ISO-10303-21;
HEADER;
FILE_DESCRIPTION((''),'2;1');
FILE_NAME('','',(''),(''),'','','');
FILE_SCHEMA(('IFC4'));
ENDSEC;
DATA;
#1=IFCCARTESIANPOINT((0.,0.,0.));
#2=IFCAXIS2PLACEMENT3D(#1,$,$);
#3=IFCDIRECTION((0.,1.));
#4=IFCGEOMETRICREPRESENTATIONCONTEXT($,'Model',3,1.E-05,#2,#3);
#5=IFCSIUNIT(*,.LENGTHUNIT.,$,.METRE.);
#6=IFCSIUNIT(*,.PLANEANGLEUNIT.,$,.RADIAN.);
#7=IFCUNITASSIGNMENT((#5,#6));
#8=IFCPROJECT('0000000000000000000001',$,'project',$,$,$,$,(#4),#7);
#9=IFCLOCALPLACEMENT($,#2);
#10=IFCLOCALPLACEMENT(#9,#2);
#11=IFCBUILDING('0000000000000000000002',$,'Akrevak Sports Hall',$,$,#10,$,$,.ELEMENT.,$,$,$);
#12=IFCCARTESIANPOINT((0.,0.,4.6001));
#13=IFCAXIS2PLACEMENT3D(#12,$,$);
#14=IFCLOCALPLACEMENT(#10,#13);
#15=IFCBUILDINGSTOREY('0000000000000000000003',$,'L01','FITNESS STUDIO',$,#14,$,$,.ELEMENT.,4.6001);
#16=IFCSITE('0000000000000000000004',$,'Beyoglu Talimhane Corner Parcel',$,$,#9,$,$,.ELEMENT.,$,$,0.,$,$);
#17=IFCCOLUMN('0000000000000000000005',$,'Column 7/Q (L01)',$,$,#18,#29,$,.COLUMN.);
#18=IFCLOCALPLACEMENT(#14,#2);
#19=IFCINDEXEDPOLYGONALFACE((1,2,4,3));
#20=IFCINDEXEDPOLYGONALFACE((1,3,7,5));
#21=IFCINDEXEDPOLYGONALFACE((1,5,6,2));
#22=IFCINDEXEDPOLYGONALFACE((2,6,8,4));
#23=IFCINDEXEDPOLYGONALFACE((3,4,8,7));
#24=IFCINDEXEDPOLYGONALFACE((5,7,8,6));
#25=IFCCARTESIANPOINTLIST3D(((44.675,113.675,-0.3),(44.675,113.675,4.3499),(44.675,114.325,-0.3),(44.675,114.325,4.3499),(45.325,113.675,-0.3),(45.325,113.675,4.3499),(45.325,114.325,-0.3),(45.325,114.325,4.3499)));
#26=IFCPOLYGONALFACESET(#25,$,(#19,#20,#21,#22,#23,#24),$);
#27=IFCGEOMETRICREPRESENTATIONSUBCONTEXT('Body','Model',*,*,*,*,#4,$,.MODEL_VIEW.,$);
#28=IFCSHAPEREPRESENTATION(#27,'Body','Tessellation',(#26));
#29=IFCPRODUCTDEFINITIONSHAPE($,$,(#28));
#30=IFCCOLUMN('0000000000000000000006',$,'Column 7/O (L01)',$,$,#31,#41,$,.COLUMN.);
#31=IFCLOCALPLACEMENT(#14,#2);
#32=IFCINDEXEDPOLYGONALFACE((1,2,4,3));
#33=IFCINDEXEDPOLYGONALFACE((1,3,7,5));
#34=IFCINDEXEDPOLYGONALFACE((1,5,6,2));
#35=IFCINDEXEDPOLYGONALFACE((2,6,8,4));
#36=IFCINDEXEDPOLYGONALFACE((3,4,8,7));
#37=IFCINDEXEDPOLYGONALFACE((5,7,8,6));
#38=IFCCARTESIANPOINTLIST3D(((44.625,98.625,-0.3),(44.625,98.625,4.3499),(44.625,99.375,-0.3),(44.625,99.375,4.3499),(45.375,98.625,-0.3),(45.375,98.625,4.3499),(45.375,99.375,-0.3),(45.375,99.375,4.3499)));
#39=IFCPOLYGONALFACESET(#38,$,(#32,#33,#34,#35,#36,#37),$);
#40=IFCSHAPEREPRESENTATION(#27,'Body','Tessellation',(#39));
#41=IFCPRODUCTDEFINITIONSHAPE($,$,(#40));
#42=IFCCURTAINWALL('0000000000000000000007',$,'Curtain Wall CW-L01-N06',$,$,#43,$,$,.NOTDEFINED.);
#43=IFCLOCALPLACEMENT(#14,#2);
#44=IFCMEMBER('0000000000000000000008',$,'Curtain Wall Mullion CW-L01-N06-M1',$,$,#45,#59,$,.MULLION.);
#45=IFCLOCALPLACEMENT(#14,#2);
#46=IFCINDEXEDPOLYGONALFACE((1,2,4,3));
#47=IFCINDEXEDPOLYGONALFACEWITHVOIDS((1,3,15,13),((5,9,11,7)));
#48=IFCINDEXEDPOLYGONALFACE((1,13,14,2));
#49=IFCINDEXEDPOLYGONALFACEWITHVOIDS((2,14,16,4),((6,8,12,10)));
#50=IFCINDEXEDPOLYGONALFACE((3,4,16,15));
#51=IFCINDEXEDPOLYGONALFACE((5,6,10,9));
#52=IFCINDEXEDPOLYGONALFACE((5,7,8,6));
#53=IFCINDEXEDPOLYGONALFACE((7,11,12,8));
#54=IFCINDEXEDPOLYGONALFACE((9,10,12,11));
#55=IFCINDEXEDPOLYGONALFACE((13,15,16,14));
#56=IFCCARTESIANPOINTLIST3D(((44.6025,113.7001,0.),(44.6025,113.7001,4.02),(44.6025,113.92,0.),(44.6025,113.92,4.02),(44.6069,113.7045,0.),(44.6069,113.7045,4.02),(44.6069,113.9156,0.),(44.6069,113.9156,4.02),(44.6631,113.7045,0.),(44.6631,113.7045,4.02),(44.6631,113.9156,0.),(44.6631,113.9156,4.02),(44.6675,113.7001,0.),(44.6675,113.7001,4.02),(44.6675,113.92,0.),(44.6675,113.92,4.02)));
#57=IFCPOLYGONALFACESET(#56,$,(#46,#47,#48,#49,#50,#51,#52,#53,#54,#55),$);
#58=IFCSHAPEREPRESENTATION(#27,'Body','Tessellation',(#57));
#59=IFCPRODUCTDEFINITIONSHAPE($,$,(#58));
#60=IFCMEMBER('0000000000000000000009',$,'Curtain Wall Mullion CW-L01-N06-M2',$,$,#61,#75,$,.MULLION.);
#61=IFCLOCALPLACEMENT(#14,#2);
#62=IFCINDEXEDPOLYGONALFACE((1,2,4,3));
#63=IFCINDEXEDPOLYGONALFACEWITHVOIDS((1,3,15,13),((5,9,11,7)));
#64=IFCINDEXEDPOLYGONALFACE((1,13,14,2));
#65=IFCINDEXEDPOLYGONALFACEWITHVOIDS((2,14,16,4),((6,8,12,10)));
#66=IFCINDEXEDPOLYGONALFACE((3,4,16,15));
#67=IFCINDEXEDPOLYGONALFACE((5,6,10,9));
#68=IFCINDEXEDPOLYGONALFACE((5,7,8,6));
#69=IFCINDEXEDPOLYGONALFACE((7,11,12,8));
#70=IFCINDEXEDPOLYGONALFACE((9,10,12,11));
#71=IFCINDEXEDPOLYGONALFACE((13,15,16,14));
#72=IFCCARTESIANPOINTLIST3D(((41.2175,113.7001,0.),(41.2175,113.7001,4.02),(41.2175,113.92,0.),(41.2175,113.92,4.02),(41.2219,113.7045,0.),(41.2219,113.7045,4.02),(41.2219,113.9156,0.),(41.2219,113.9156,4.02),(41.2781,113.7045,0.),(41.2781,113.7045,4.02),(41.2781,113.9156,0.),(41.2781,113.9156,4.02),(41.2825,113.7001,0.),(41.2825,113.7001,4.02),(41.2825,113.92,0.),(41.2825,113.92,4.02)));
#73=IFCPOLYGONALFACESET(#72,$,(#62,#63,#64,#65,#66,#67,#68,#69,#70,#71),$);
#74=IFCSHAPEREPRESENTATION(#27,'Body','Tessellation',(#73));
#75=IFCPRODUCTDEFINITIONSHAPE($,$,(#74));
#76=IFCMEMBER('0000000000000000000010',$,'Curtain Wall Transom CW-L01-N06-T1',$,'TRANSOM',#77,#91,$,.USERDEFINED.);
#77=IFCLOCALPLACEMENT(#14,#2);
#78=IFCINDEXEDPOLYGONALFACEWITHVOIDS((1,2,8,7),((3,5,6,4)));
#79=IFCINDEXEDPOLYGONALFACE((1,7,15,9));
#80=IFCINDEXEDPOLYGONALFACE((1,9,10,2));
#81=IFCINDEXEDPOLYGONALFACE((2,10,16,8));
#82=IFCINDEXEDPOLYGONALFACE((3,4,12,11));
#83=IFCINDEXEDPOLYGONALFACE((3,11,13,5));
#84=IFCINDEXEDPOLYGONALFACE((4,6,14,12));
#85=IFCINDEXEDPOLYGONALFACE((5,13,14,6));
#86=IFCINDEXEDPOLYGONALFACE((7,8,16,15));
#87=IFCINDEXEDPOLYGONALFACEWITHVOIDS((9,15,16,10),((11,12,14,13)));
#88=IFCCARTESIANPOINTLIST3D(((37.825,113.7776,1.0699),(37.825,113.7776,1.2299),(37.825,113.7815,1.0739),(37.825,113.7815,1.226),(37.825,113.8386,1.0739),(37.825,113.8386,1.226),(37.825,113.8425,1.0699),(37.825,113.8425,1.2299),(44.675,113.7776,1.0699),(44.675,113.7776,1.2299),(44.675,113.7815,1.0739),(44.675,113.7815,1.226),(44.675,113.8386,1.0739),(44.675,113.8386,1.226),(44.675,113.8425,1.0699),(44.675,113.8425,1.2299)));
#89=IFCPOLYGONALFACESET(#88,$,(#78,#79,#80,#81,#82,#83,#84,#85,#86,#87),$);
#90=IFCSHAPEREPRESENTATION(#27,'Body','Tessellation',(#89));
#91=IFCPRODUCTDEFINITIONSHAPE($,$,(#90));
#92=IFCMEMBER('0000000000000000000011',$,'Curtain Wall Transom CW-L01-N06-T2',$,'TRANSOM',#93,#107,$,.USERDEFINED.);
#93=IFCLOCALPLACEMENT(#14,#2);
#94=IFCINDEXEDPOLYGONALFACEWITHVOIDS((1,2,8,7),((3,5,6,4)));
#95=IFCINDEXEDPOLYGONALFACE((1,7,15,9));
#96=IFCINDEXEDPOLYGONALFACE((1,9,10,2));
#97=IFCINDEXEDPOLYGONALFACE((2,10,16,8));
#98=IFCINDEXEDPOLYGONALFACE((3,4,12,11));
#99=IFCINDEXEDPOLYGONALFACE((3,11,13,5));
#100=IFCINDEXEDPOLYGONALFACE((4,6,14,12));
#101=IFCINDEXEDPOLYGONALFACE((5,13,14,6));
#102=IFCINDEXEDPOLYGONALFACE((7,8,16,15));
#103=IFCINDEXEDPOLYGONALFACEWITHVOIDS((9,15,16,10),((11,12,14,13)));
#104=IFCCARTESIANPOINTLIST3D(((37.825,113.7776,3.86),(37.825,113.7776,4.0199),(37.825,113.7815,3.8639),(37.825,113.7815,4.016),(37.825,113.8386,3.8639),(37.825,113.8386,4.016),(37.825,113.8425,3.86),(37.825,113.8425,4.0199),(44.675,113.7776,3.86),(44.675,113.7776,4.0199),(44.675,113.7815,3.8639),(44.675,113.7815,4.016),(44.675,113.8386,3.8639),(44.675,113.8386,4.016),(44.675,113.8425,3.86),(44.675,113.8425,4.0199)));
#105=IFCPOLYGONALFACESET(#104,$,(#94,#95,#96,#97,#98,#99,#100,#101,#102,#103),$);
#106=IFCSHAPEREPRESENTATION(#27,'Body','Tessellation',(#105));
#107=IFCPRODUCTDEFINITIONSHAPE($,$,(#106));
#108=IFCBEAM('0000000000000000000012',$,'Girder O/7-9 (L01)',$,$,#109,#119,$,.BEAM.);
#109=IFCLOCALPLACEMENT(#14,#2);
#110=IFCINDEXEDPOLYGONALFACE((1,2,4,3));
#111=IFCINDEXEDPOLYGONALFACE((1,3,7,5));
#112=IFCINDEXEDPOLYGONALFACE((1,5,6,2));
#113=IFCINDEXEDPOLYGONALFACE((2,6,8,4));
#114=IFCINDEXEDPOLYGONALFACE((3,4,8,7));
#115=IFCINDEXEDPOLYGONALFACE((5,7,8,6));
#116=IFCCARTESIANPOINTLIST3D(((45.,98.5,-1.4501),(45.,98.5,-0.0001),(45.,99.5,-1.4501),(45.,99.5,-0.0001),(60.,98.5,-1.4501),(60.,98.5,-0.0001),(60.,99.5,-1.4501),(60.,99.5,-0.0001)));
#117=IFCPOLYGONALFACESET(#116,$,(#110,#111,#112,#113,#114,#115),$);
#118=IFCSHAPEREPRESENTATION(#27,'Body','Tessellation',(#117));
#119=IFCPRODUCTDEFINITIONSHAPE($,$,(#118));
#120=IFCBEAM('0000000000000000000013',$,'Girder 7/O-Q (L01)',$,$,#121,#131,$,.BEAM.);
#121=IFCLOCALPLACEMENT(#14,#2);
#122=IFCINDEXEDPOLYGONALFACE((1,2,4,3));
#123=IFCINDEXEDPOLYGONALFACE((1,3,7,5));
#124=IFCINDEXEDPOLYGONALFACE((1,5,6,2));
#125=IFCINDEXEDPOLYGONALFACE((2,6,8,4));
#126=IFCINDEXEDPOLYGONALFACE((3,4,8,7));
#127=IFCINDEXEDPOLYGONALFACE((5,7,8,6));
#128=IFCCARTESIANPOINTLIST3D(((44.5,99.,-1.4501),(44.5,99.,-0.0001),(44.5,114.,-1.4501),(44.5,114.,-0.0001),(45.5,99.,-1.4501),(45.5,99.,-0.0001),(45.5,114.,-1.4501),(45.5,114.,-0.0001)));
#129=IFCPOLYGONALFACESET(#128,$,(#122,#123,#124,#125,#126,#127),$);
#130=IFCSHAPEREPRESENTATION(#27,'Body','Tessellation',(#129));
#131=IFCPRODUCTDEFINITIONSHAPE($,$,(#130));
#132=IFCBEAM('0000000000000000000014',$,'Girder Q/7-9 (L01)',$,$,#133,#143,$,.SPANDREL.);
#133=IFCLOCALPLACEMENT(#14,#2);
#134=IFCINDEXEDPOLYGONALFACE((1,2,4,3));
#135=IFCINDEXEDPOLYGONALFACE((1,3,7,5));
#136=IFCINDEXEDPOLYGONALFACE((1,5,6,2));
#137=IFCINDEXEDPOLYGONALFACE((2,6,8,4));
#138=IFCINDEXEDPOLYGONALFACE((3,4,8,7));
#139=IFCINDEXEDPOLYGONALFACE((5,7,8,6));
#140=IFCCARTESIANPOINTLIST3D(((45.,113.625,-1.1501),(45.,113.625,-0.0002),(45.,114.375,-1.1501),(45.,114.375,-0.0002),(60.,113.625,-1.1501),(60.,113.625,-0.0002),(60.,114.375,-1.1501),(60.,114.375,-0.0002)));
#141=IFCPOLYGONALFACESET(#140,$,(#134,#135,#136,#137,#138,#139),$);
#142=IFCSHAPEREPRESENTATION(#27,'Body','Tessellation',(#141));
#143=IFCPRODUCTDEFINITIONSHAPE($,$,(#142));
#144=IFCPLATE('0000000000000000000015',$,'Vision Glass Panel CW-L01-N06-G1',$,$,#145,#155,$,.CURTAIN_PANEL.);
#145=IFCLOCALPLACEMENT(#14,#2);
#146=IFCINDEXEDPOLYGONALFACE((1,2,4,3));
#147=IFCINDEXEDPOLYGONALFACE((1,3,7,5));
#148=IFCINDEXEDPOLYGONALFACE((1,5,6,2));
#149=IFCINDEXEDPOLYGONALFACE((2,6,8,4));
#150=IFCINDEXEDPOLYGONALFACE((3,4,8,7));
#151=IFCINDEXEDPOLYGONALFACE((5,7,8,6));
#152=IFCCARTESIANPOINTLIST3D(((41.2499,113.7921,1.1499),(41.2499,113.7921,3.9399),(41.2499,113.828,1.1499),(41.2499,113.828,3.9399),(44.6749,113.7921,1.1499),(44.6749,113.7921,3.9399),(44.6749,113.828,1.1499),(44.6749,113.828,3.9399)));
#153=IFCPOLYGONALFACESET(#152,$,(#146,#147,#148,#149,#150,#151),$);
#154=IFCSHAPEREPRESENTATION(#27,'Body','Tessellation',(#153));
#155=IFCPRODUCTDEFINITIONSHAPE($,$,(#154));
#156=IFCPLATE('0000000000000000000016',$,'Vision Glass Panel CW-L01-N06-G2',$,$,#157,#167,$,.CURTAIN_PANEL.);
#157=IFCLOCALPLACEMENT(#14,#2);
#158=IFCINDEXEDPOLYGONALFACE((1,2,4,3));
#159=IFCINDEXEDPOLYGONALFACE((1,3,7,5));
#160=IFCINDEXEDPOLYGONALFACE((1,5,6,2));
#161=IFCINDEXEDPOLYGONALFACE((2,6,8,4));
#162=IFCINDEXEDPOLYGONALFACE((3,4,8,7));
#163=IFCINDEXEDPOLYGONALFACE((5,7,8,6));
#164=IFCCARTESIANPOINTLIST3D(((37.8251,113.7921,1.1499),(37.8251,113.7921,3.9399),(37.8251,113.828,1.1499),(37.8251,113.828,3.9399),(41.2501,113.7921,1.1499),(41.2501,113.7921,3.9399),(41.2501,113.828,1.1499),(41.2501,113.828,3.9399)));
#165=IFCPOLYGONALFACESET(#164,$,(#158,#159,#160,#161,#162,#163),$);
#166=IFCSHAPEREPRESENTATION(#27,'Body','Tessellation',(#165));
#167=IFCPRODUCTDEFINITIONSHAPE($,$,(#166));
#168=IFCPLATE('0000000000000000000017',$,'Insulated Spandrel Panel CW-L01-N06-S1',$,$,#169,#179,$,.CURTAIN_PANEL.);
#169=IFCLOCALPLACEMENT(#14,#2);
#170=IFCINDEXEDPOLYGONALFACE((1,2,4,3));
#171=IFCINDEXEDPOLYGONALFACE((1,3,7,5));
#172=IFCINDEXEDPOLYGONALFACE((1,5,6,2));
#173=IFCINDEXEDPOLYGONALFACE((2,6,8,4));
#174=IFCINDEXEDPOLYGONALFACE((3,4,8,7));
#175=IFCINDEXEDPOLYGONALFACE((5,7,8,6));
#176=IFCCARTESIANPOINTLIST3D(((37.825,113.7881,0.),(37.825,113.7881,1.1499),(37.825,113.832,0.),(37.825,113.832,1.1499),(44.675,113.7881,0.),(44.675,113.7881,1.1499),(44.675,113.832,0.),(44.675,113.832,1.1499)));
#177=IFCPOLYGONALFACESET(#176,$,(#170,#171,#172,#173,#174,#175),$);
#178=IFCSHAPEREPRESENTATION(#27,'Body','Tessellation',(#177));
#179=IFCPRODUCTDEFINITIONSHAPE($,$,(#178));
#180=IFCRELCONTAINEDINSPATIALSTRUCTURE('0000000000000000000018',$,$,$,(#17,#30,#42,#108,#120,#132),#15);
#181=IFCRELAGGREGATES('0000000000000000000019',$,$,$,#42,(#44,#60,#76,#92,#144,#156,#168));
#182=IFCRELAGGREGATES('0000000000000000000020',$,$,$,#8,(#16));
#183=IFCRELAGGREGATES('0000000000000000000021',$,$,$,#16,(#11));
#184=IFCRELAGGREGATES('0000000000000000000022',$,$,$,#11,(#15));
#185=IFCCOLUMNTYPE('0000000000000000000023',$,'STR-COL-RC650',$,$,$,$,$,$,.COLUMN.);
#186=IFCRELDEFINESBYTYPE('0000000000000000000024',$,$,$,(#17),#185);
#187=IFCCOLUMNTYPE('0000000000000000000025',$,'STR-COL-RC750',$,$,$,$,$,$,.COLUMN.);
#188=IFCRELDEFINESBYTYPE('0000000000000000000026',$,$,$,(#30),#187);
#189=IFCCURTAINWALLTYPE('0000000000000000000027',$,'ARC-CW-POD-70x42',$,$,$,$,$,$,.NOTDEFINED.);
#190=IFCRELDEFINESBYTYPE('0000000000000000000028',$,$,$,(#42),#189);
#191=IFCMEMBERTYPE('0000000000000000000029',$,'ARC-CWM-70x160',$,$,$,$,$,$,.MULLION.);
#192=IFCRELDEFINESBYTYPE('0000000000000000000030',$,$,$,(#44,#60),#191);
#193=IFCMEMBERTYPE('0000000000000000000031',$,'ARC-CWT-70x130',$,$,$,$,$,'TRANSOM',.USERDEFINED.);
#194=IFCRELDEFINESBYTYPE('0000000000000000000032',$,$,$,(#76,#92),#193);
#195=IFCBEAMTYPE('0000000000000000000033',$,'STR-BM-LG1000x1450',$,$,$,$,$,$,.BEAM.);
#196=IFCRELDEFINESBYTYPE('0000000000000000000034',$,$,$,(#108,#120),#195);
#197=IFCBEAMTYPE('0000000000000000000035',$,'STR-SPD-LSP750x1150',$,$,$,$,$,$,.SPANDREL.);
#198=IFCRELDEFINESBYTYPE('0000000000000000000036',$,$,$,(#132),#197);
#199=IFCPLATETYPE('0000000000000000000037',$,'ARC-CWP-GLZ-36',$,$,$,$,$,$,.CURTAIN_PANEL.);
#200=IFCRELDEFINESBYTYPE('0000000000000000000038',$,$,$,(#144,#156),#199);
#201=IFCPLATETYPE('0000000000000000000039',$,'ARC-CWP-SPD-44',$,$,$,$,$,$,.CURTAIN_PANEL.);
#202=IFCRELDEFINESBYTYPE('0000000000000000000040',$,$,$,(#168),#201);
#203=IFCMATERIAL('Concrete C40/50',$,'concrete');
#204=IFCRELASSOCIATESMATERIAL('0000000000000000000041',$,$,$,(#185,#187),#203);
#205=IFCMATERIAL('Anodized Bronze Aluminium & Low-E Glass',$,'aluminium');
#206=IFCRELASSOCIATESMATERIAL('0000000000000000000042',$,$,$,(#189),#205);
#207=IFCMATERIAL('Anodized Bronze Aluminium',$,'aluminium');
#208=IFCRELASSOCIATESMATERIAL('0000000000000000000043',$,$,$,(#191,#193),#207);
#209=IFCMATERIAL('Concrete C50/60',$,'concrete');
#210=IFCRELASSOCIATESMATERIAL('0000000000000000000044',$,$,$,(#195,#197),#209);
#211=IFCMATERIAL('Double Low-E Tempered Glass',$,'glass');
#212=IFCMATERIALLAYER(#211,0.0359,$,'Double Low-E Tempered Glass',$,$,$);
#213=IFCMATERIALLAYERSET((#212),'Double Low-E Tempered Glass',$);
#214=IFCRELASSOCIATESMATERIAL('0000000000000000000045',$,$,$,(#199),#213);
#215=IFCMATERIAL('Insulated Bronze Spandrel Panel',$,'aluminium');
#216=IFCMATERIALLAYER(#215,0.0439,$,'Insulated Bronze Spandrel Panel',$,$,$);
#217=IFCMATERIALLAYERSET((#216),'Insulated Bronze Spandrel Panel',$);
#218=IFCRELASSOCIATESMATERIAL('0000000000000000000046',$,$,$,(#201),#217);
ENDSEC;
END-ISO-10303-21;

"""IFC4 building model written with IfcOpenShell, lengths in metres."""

from ifc_helpers import new_model, si_unit, direction, frame, origin, origin_2d, place, context, subcontext, project, spatial, rectangle, hollow_rectangle, extrude, material, layer, layer_set, material_profile, profile_set, type_object, element, aggregate, save


model = new_model("IFC4")

# Units and contexts
model_context = context("Model", 3, precision=1e-05, world=origin(), true_north=direction((0.0, 1.0)))
body_context = subcontext(model_context, "Body", "Model", "MODEL_VIEW")
ifc_project = project(units=[si_unit("LENGTHUNIT", "METRE"), si_unit("PLANEANGLEUNIT", "RADIAN")], contexts=[model_context])

# Site, building, storey
site_placement = place(None, origin())
site = spatial("IfcSite", under=ifc_project, at=site_placement, Name="Beyoglu Talimhane Corner Parcel", CompositionType="ELEMENT", RefElevation=0.0)
building_placement = place(site_placement, origin())
building = spatial("IfcBuilding", under=site, at=building_placement, Name="Akrevak Sports Hall", CompositionType="ELEMENT")
storey_placement = place(building_placement, frame((0.0, 0.0, 4.6001)))
storey = spatial("IfcBuildingStorey", under=building, at=storey_placement, Name="L01", Description="FITNESS STUDIO", CompositionType="ELEMENT", Elevation=4.6001)

# Columns
ifc_material_1 = material(Name="Concrete C40/50", Category="concrete")
ifc_material_profile_1 = material_profile(ifc_material_1, rectangle(XDim=0.6499, YDim=0.6499, at=origin_2d()), Name="RC 650x650", Category="concrete")
ifc_profile_set_1 = profile_set([ifc_material_profile_1], Name="Concrete C40/50")
column_type_1 = type_object("IfcColumnType", Name="STR-COL-RC650", PredefinedType="COLUMN", material=ifc_profile_set_1)
column_1_placement = place(storey_placement, frame((45.0, 114.0, -0.3), z_axis=(0.0, 0.0, 1.0), x_axis=(1.0, 0.0, 0.0)))
element("IfcColumn", 1, at=column_1_placement, inside=storey, type_object=column_type_1, Name="Column 7/Q (L01)", PredefinedType="COLUMN", context=body_context, shape_type="SweptSolid", body=[
    extrude(rectangle(XDim=0.6499, YDim=0.6499, at=origin_2d()), origin(), (0.0, 0.0, 1.0), 4.6499),
])
ifc_material_profile_2 = material_profile(ifc_material_1, rectangle(XDim=0.75, YDim=0.75, at=origin_2d()), Name="RC 750x750", Category="concrete")
ifc_profile_set_2 = profile_set([ifc_material_profile_2], Name="Concrete C40/50")
column_type_2 = type_object("IfcColumnType", Name="STR-COL-RC750", PredefinedType="COLUMN", material=ifc_profile_set_2)
column_2_placement = place(storey_placement, frame((45.0, 99.0, -0.3), z_axis=(0.0, 0.0, 1.0), x_axis=(1.0, 0.0, 0.0)))
element("IfcColumn", 2, at=column_2_placement, inside=storey, type_object=column_type_2, Name="Column 7/O (L01)", PredefinedType="COLUMN", context=body_context, shape_type="SweptSolid", body=[
    extrude(rectangle(XDim=0.75, YDim=0.75, at=origin_2d()), origin(), (0.0, 0.0, 1.0), 4.6499),
])

# Curtain wall, members
ifc_material_2 = material(Name="Anodized Bronze Aluminium & Low-E Glass", Category="aluminium")
curtain_wall_type = type_object("IfcCurtainWallType", Name="ARC-CW-POD-70x42", PredefinedType="NOTDEFINED", material=ifc_material_2)
curtain_wall_placement = place(storey_placement, origin())
curtain_wall = element("IfcCurtainWall", 3, at=curtain_wall_placement, inside=storey, type_object=curtain_wall_type, Name="Curtain Wall CW-L01-N06", PredefinedType="NOTDEFINED")
ifc_material_3 = material(Name="Anodized Bronze Aluminium", Category="aluminium")
ifc_material_profile_3 = material_profile(ifc_material_3, hollow_rectangle(XDim=0.0649, YDim=0.22, WallThickness=0.0044, at=origin_2d()), Name="CWM 65x220", Category="aluminium")
ifc_profile_set_3 = profile_set([ifc_material_profile_3], Name="Anodized Bronze Aluminium")
member_type_1 = type_object("IfcMemberType", Name="ARC-CWM-70x160", PredefinedType="MULLION", material=ifc_profile_set_3)
member_1_placement = place(storey_placement, frame((44.635, 113.8101, 0.0), z_axis=(0.0, 0.0, 1.0), x_axis=(-1.0, 0.0, 0.0)))
member_1 = element("IfcMember", 4, at=member_1_placement, type_object=member_type_1, Name="Curtain Wall Mullion CW-L01-N06-M1", PredefinedType="MULLION", context=body_context, shape_type="SweptSolid", body=[
    extrude(hollow_rectangle(XDim=0.0649, YDim=0.22, WallThickness=0.0044, at=origin_2d()), origin(), (0.0, 0.0, 1.0), 4.02),
])
member_2_placement = place(storey_placement, frame((41.25, 113.8101, 0.0), z_axis=(0.0, 0.0, 1.0), x_axis=(-1.0, 0.0, 0.0)))
member_2 = element("IfcMember", 5, at=member_2_placement, type_object=member_type_1, Name="Curtain Wall Mullion CW-L01-N06-M2", PredefinedType="MULLION", context=body_context, shape_type="SweptSolid", body=[
    extrude(hollow_rectangle(XDim=0.0649, YDim=0.22, WallThickness=0.0044, at=origin_2d()), origin(), (0.0, 0.0, 1.0), 4.02),
])
ifc_material_profile_4 = material_profile(ifc_material_3, hollow_rectangle(XDim=0.0649, YDim=0.1599, WallThickness=0.0039, at=origin_2d()), Name="CWT 65x160", Category="aluminium")
ifc_profile_set_4 = profile_set([ifc_material_profile_4], Name="Anodized Bronze Aluminium")
member_type_2 = type_object("IfcMemberType", Name="ARC-CWT-70x130", ElementType="TRANSOM", PredefinedType="USERDEFINED", material=ifc_profile_set_4)
member_3_placement = place(storey_placement, frame((44.675, 113.8101, 1.1499), z_axis=(-1.0, 0.0, 0.0), x_axis=(0.0, -1.0, 0.0)))
member_3 = element("IfcMember", 6, at=member_3_placement, type_object=member_type_2, Name="Curtain Wall Transom CW-L01-N06-T1", ObjectType="TRANSOM", PredefinedType="USERDEFINED", context=body_context, shape_type="SweptSolid", body=[
    extrude(hollow_rectangle(XDim=0.0649, YDim=0.1599, WallThickness=0.0039, at=origin_2d()), origin(), (0.0, 0.0, 1.0), 6.8501),
])
member_4_placement = place(storey_placement, frame((44.675, 113.8101, 3.9399), z_axis=(-1.0, 0.0, 0.0), x_axis=(0.0, -1.0, 0.0)))
member_4 = element("IfcMember", 7, at=member_4_placement, type_object=member_type_2, Name="Curtain Wall Transom CW-L01-N06-T2", ObjectType="TRANSOM", PredefinedType="USERDEFINED", context=body_context, shape_type="SweptSolid", body=[
    extrude(hollow_rectangle(XDim=0.0649, YDim=0.1599, WallThickness=0.0039, at=origin_2d()), origin(), (0.0, 0.0, 1.0), 6.8501),
])

# Beams
ifc_material_4 = material(Name="Concrete C50/60", Category="concrete")
ifc_material_profile_5 = material_profile(ifc_material_4, rectangle(XDim=1.0, YDim=1.45, at=origin_2d()), Name="BM 1000x1450", Category="concrete")
ifc_profile_set_5 = profile_set([ifc_material_profile_5], Name="Concrete C50/60")
beam_type_1 = type_object("IfcBeamType", Name="STR-BM-LG1000x1450", PredefinedType="BEAM", material=ifc_profile_set_5)
for number, where, z_axis, x_axis, name in (
    (8, (45.0, 99.0, -0.7251), (1.0, 0.0, 0.0), (0.0, 1.0, 0.0), "Girder O/7-9 (L01)"),
    (9, (45.0, 99.0, -0.7251), (0.0, 1.0, 0.0), (-1.0, 0.0, 0.0), "Girder 7/O-Q (L01)"),
):
    element("IfcBeam", number, at=place(storey_placement, frame(where, z_axis=z_axis, x_axis=x_axis)), inside=storey, type_object=beam_type_1, Name=name, PredefinedType="BEAM", context=body_context, shape_type="SweptSolid", body=[
        extrude(rectangle(XDim=1.0, YDim=1.45, at=origin_2d()), origin(), (0.0, 0.0, 1.0), 15.0),
    ])
ifc_material_profile_6 = material_profile(ifc_material_4, rectangle(XDim=0.75, YDim=1.1499, at=origin_2d()), Name="SPD 750x1150", Category="concrete")
ifc_profile_set_6 = profile_set([ifc_material_profile_6], Name="Concrete C50/60")
beam_type_2 = type_object("IfcBeamType", Name="STR-SPD-LSP750x1150", PredefinedType="SPANDREL", material=ifc_profile_set_6)
beam_placement = place(storey_placement, frame((45.0, 114.0, -0.5752), z_axis=(1.0, 0.0, 0.0), x_axis=(0.0, 1.0, 0.0)))
element("IfcBeam", 10, at=beam_placement, inside=storey, type_object=beam_type_2, Name="Girder Q/7-9 (L01)", PredefinedType="SPANDREL", context=body_context, shape_type="SweptSolid", body=[
    extrude(rectangle(XDim=0.75, YDim=1.1499, at=origin_2d()), origin(), (0.0, 0.0, 1.0), 15.0),
])

# Plates
ifc_material_5 = material(Name="Double Low-E Tempered Glass", Category="glass")
ifc_layer_1 = layer(ifc_material_5, 0.0359, Name="Double Low-E Tempered Glass")
ifc_layer_set_1 = layer_set([ifc_layer_1], Name="Double Low-E Tempered Glass")
plate_type_1 = type_object("IfcPlateType", Name="ARC-CWP-GLZ-36", PredefinedType="CURTAIN_PANEL", material=ifc_layer_set_1)
plate_1_placement = place(storey_placement, frame((42.9624, 113.8101, 1.1499), z_axis=(0.0, 0.0, 1.0), x_axis=(-1.0, 0.0, 0.0)))
plate_1 = element("IfcPlate", 11, at=plate_1_placement, type_object=plate_type_1, Name="Vision Glass Panel CW-L01-N06-G1", PredefinedType="CURTAIN_PANEL", context=body_context, shape_type="SweptSolid", body=[
    extrude(rectangle(XDim=3.425, YDim=0.0359, at=origin_2d()), origin(), (0.0, 0.0, 1.0), 2.79),
])
plate_2_placement = place(storey_placement, frame((39.5376, 113.8101, 1.1499), z_axis=(0.0, 0.0, 1.0), x_axis=(-1.0, 0.0, 0.0)))
plate_2 = element("IfcPlate", 12, at=plate_2_placement, type_object=plate_type_1, Name="Vision Glass Panel CW-L01-N06-G2", PredefinedType="CURTAIN_PANEL", context=body_context, shape_type="SweptSolid", body=[
    extrude(rectangle(XDim=3.425, YDim=0.0359, at=origin_2d()), origin(), (0.0, 0.0, 1.0), 2.79),
])
ifc_material_6 = material(Name="Insulated Bronze Spandrel Panel", Category="aluminium")
ifc_layer_2 = layer(ifc_material_6, 0.0439, Name="Insulated Bronze Spandrel Panel")
ifc_layer_set_2 = layer_set([ifc_layer_2], Name="Insulated Bronze Spandrel Panel")
plate_type_2 = type_object("IfcPlateType", Name="ARC-CWP-SPD-44", PredefinedType="CURTAIN_PANEL", material=ifc_layer_set_2)
plate_3_placement = place(storey_placement, frame((41.25, 113.8101, 0.0), z_axis=(0.0, 0.0, 1.0), x_axis=(-1.0, 0.0, 0.0)))
plate_3 = element("IfcPlate", 13, at=plate_3_placement, type_object=plate_type_2, Name="Insulated Spandrel Panel CW-L01-N06-S1", PredefinedType="CURTAIN_PANEL", context=body_context, shape_type="SweptSolid", body=[
    extrude(rectangle(XDim=6.8501, YDim=0.0439, at=origin_2d()), origin(), (0.0, 0.0, 1.0), 1.1499),
])
aggregate(curtain_wall, [member_1, member_2, member_3, member_4, plate_1, plate_2, plate_3])

save(model, "model.ifc")
